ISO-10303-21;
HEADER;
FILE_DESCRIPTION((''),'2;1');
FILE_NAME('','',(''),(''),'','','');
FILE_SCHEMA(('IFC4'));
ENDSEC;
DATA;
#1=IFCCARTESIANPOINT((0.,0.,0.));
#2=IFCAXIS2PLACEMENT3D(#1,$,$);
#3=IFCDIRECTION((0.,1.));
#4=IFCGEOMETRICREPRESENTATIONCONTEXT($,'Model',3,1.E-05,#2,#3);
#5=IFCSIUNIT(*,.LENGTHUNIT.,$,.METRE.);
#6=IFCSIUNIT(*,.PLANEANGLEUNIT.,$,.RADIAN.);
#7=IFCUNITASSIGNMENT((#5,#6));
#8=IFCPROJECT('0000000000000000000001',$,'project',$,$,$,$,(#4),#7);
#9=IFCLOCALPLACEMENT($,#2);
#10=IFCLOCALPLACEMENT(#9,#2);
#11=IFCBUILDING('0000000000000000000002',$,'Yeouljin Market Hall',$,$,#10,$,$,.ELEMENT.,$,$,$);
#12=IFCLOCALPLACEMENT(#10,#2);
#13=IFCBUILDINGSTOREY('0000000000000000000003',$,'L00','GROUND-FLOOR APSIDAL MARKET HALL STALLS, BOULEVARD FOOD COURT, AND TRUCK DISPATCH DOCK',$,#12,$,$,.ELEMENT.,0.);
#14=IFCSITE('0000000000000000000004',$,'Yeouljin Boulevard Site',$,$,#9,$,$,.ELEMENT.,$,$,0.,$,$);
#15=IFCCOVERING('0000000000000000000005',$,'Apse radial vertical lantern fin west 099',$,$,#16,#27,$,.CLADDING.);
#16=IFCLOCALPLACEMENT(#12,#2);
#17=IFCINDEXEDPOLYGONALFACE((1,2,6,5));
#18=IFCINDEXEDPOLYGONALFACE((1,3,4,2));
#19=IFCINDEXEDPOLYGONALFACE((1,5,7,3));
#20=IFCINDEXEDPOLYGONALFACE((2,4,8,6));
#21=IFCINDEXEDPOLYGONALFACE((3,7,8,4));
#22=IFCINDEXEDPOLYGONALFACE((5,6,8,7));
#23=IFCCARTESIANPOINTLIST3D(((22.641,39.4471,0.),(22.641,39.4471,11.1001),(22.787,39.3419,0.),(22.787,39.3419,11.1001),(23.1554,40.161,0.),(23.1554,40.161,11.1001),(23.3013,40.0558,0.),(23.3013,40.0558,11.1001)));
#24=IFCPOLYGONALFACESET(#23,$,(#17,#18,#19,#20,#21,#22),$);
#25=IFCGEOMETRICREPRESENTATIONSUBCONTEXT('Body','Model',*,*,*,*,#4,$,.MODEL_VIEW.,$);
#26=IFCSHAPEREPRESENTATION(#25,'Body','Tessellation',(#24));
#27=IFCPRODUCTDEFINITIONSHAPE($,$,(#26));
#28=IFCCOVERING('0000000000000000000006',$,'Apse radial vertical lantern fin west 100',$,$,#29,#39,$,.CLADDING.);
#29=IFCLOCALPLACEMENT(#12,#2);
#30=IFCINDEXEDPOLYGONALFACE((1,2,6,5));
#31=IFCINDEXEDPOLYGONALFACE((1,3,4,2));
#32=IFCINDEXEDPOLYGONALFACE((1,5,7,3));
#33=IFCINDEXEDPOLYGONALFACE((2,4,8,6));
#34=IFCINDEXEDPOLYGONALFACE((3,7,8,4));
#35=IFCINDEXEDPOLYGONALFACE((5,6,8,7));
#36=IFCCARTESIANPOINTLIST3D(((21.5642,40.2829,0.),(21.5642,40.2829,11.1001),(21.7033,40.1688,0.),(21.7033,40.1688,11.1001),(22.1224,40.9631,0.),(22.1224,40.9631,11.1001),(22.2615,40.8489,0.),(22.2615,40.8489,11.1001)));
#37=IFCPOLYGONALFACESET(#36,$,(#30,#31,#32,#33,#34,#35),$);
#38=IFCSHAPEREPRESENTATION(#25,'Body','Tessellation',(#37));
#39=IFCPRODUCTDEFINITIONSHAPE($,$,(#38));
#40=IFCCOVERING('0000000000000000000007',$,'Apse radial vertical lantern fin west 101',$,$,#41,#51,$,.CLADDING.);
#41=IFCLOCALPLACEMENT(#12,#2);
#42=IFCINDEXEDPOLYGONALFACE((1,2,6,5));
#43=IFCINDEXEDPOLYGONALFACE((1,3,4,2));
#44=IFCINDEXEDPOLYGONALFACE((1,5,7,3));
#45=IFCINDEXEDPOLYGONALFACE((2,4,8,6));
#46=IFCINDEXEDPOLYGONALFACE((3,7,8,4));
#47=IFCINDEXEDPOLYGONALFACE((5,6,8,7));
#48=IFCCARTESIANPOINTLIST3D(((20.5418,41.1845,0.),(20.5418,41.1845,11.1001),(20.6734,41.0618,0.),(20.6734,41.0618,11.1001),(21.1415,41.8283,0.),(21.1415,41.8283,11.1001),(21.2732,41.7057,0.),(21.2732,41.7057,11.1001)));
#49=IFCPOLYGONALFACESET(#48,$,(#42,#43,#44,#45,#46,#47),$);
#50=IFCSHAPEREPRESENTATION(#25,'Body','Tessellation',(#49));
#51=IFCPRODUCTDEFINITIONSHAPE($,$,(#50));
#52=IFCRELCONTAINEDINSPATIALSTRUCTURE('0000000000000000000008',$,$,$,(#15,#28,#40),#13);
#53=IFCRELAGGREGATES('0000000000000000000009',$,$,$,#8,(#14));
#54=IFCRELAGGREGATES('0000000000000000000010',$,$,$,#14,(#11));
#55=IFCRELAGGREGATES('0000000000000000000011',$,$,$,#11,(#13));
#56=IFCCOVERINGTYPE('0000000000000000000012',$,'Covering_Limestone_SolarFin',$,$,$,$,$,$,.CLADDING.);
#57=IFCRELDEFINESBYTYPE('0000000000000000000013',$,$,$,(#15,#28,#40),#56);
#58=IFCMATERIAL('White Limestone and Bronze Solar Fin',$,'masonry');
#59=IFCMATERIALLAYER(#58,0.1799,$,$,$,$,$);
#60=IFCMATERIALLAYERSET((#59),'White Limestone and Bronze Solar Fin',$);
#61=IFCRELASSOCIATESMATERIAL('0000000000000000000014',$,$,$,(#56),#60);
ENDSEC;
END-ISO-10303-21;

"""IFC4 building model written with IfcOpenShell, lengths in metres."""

from ifc_helpers import new_model, si_unit, direction, frame, origin, origin_2d, place, context, subcontext, project, spatial, rectangle, extrude, material, layer, layer_set, type_object, element, save


model = new_model("IFC4")

# Units and contexts
model_context = context("Model", 3, precision=1e-05, world=origin(), true_north=direction((0.0, 1.0)))
body_context = subcontext(model_context, "Body", "Model", "MODEL_VIEW")
ifc_project = project(units=[si_unit("LENGTHUNIT", "METRE"), si_unit("PLANEANGLEUNIT", "RADIAN")], contexts=[model_context])

# Site, building, storey
site_placement = place(None, origin())
site = spatial("IfcSite", under=ifc_project, at=site_placement, Name="Yeouljin Boulevard Site", CompositionType="ELEMENT", RefElevation=0.0)
building_placement = place(site_placement, origin())
building = spatial("IfcBuilding", under=site, at=building_placement, Name="Yeouljin Market Hall", CompositionType="ELEMENT")
storey_placement = place(building_placement, origin())
storey = spatial("IfcBuildingStorey", under=building, at=storey_placement, Name="L00", Description="GROUND-FLOOR APSIDAL MARKET HALL STALLS, BOULEVARD FOOD COURT, AND TRUCK DISPATCH DOCK", CompositionType="ELEMENT", Elevation=0.0)

# Coverings
ifc_material_1 = material(Name="White Limestone and Bronze Solar Fin", Category="masonry")
ifc_layer_1 = layer(ifc_material_1, 0.1799)
ifc_layer_set_1 = layer_set([ifc_layer_1], Name="White Limestone and Bronze Solar Fin")
covering_type = type_object("IfcCoveringType", Name="Covering_Limestone_SolarFin", PredefinedType="CLADDING", material=ifc_layer_set_1)
for number, where, z_axis, x_axis, name in (
    (1, (22.9712, 39.7515, 0.0), (0.0, 0.0, 1.0), (-0.584533, -0.81137, 0.0), "Apse radial vertical lantern fin west 099"),
    (2, (21.9128, 40.5659, 0.0), (0.0, 0.0, 1.0), (-0.634461, -0.772955, 0.0), "Apse radial vertical lantern fin west 100"),
    (3, (20.9075, 41.4451, 0.0), (0.0, 0.0, 1.0), (-0.681615, -0.731711, 0.0), "Apse radial vertical lantern fin west 101"),
):
    element("IfcCovering", number, at=place(storey_placement, frame(where, z_axis=z_axis, x_axis=x_axis)), inside=storey, type_object=covering_type, Name=name, PredefinedType="CLADDING", context=body_context, shape_type="SweptSolid", body=[
        extrude(rectangle(XDim=0.8799, YDim=0.1799, at=origin_2d()), origin(), (0.0, 0.0, 1.0), 11.1001),
    ])

save(model, "model.ifc")
